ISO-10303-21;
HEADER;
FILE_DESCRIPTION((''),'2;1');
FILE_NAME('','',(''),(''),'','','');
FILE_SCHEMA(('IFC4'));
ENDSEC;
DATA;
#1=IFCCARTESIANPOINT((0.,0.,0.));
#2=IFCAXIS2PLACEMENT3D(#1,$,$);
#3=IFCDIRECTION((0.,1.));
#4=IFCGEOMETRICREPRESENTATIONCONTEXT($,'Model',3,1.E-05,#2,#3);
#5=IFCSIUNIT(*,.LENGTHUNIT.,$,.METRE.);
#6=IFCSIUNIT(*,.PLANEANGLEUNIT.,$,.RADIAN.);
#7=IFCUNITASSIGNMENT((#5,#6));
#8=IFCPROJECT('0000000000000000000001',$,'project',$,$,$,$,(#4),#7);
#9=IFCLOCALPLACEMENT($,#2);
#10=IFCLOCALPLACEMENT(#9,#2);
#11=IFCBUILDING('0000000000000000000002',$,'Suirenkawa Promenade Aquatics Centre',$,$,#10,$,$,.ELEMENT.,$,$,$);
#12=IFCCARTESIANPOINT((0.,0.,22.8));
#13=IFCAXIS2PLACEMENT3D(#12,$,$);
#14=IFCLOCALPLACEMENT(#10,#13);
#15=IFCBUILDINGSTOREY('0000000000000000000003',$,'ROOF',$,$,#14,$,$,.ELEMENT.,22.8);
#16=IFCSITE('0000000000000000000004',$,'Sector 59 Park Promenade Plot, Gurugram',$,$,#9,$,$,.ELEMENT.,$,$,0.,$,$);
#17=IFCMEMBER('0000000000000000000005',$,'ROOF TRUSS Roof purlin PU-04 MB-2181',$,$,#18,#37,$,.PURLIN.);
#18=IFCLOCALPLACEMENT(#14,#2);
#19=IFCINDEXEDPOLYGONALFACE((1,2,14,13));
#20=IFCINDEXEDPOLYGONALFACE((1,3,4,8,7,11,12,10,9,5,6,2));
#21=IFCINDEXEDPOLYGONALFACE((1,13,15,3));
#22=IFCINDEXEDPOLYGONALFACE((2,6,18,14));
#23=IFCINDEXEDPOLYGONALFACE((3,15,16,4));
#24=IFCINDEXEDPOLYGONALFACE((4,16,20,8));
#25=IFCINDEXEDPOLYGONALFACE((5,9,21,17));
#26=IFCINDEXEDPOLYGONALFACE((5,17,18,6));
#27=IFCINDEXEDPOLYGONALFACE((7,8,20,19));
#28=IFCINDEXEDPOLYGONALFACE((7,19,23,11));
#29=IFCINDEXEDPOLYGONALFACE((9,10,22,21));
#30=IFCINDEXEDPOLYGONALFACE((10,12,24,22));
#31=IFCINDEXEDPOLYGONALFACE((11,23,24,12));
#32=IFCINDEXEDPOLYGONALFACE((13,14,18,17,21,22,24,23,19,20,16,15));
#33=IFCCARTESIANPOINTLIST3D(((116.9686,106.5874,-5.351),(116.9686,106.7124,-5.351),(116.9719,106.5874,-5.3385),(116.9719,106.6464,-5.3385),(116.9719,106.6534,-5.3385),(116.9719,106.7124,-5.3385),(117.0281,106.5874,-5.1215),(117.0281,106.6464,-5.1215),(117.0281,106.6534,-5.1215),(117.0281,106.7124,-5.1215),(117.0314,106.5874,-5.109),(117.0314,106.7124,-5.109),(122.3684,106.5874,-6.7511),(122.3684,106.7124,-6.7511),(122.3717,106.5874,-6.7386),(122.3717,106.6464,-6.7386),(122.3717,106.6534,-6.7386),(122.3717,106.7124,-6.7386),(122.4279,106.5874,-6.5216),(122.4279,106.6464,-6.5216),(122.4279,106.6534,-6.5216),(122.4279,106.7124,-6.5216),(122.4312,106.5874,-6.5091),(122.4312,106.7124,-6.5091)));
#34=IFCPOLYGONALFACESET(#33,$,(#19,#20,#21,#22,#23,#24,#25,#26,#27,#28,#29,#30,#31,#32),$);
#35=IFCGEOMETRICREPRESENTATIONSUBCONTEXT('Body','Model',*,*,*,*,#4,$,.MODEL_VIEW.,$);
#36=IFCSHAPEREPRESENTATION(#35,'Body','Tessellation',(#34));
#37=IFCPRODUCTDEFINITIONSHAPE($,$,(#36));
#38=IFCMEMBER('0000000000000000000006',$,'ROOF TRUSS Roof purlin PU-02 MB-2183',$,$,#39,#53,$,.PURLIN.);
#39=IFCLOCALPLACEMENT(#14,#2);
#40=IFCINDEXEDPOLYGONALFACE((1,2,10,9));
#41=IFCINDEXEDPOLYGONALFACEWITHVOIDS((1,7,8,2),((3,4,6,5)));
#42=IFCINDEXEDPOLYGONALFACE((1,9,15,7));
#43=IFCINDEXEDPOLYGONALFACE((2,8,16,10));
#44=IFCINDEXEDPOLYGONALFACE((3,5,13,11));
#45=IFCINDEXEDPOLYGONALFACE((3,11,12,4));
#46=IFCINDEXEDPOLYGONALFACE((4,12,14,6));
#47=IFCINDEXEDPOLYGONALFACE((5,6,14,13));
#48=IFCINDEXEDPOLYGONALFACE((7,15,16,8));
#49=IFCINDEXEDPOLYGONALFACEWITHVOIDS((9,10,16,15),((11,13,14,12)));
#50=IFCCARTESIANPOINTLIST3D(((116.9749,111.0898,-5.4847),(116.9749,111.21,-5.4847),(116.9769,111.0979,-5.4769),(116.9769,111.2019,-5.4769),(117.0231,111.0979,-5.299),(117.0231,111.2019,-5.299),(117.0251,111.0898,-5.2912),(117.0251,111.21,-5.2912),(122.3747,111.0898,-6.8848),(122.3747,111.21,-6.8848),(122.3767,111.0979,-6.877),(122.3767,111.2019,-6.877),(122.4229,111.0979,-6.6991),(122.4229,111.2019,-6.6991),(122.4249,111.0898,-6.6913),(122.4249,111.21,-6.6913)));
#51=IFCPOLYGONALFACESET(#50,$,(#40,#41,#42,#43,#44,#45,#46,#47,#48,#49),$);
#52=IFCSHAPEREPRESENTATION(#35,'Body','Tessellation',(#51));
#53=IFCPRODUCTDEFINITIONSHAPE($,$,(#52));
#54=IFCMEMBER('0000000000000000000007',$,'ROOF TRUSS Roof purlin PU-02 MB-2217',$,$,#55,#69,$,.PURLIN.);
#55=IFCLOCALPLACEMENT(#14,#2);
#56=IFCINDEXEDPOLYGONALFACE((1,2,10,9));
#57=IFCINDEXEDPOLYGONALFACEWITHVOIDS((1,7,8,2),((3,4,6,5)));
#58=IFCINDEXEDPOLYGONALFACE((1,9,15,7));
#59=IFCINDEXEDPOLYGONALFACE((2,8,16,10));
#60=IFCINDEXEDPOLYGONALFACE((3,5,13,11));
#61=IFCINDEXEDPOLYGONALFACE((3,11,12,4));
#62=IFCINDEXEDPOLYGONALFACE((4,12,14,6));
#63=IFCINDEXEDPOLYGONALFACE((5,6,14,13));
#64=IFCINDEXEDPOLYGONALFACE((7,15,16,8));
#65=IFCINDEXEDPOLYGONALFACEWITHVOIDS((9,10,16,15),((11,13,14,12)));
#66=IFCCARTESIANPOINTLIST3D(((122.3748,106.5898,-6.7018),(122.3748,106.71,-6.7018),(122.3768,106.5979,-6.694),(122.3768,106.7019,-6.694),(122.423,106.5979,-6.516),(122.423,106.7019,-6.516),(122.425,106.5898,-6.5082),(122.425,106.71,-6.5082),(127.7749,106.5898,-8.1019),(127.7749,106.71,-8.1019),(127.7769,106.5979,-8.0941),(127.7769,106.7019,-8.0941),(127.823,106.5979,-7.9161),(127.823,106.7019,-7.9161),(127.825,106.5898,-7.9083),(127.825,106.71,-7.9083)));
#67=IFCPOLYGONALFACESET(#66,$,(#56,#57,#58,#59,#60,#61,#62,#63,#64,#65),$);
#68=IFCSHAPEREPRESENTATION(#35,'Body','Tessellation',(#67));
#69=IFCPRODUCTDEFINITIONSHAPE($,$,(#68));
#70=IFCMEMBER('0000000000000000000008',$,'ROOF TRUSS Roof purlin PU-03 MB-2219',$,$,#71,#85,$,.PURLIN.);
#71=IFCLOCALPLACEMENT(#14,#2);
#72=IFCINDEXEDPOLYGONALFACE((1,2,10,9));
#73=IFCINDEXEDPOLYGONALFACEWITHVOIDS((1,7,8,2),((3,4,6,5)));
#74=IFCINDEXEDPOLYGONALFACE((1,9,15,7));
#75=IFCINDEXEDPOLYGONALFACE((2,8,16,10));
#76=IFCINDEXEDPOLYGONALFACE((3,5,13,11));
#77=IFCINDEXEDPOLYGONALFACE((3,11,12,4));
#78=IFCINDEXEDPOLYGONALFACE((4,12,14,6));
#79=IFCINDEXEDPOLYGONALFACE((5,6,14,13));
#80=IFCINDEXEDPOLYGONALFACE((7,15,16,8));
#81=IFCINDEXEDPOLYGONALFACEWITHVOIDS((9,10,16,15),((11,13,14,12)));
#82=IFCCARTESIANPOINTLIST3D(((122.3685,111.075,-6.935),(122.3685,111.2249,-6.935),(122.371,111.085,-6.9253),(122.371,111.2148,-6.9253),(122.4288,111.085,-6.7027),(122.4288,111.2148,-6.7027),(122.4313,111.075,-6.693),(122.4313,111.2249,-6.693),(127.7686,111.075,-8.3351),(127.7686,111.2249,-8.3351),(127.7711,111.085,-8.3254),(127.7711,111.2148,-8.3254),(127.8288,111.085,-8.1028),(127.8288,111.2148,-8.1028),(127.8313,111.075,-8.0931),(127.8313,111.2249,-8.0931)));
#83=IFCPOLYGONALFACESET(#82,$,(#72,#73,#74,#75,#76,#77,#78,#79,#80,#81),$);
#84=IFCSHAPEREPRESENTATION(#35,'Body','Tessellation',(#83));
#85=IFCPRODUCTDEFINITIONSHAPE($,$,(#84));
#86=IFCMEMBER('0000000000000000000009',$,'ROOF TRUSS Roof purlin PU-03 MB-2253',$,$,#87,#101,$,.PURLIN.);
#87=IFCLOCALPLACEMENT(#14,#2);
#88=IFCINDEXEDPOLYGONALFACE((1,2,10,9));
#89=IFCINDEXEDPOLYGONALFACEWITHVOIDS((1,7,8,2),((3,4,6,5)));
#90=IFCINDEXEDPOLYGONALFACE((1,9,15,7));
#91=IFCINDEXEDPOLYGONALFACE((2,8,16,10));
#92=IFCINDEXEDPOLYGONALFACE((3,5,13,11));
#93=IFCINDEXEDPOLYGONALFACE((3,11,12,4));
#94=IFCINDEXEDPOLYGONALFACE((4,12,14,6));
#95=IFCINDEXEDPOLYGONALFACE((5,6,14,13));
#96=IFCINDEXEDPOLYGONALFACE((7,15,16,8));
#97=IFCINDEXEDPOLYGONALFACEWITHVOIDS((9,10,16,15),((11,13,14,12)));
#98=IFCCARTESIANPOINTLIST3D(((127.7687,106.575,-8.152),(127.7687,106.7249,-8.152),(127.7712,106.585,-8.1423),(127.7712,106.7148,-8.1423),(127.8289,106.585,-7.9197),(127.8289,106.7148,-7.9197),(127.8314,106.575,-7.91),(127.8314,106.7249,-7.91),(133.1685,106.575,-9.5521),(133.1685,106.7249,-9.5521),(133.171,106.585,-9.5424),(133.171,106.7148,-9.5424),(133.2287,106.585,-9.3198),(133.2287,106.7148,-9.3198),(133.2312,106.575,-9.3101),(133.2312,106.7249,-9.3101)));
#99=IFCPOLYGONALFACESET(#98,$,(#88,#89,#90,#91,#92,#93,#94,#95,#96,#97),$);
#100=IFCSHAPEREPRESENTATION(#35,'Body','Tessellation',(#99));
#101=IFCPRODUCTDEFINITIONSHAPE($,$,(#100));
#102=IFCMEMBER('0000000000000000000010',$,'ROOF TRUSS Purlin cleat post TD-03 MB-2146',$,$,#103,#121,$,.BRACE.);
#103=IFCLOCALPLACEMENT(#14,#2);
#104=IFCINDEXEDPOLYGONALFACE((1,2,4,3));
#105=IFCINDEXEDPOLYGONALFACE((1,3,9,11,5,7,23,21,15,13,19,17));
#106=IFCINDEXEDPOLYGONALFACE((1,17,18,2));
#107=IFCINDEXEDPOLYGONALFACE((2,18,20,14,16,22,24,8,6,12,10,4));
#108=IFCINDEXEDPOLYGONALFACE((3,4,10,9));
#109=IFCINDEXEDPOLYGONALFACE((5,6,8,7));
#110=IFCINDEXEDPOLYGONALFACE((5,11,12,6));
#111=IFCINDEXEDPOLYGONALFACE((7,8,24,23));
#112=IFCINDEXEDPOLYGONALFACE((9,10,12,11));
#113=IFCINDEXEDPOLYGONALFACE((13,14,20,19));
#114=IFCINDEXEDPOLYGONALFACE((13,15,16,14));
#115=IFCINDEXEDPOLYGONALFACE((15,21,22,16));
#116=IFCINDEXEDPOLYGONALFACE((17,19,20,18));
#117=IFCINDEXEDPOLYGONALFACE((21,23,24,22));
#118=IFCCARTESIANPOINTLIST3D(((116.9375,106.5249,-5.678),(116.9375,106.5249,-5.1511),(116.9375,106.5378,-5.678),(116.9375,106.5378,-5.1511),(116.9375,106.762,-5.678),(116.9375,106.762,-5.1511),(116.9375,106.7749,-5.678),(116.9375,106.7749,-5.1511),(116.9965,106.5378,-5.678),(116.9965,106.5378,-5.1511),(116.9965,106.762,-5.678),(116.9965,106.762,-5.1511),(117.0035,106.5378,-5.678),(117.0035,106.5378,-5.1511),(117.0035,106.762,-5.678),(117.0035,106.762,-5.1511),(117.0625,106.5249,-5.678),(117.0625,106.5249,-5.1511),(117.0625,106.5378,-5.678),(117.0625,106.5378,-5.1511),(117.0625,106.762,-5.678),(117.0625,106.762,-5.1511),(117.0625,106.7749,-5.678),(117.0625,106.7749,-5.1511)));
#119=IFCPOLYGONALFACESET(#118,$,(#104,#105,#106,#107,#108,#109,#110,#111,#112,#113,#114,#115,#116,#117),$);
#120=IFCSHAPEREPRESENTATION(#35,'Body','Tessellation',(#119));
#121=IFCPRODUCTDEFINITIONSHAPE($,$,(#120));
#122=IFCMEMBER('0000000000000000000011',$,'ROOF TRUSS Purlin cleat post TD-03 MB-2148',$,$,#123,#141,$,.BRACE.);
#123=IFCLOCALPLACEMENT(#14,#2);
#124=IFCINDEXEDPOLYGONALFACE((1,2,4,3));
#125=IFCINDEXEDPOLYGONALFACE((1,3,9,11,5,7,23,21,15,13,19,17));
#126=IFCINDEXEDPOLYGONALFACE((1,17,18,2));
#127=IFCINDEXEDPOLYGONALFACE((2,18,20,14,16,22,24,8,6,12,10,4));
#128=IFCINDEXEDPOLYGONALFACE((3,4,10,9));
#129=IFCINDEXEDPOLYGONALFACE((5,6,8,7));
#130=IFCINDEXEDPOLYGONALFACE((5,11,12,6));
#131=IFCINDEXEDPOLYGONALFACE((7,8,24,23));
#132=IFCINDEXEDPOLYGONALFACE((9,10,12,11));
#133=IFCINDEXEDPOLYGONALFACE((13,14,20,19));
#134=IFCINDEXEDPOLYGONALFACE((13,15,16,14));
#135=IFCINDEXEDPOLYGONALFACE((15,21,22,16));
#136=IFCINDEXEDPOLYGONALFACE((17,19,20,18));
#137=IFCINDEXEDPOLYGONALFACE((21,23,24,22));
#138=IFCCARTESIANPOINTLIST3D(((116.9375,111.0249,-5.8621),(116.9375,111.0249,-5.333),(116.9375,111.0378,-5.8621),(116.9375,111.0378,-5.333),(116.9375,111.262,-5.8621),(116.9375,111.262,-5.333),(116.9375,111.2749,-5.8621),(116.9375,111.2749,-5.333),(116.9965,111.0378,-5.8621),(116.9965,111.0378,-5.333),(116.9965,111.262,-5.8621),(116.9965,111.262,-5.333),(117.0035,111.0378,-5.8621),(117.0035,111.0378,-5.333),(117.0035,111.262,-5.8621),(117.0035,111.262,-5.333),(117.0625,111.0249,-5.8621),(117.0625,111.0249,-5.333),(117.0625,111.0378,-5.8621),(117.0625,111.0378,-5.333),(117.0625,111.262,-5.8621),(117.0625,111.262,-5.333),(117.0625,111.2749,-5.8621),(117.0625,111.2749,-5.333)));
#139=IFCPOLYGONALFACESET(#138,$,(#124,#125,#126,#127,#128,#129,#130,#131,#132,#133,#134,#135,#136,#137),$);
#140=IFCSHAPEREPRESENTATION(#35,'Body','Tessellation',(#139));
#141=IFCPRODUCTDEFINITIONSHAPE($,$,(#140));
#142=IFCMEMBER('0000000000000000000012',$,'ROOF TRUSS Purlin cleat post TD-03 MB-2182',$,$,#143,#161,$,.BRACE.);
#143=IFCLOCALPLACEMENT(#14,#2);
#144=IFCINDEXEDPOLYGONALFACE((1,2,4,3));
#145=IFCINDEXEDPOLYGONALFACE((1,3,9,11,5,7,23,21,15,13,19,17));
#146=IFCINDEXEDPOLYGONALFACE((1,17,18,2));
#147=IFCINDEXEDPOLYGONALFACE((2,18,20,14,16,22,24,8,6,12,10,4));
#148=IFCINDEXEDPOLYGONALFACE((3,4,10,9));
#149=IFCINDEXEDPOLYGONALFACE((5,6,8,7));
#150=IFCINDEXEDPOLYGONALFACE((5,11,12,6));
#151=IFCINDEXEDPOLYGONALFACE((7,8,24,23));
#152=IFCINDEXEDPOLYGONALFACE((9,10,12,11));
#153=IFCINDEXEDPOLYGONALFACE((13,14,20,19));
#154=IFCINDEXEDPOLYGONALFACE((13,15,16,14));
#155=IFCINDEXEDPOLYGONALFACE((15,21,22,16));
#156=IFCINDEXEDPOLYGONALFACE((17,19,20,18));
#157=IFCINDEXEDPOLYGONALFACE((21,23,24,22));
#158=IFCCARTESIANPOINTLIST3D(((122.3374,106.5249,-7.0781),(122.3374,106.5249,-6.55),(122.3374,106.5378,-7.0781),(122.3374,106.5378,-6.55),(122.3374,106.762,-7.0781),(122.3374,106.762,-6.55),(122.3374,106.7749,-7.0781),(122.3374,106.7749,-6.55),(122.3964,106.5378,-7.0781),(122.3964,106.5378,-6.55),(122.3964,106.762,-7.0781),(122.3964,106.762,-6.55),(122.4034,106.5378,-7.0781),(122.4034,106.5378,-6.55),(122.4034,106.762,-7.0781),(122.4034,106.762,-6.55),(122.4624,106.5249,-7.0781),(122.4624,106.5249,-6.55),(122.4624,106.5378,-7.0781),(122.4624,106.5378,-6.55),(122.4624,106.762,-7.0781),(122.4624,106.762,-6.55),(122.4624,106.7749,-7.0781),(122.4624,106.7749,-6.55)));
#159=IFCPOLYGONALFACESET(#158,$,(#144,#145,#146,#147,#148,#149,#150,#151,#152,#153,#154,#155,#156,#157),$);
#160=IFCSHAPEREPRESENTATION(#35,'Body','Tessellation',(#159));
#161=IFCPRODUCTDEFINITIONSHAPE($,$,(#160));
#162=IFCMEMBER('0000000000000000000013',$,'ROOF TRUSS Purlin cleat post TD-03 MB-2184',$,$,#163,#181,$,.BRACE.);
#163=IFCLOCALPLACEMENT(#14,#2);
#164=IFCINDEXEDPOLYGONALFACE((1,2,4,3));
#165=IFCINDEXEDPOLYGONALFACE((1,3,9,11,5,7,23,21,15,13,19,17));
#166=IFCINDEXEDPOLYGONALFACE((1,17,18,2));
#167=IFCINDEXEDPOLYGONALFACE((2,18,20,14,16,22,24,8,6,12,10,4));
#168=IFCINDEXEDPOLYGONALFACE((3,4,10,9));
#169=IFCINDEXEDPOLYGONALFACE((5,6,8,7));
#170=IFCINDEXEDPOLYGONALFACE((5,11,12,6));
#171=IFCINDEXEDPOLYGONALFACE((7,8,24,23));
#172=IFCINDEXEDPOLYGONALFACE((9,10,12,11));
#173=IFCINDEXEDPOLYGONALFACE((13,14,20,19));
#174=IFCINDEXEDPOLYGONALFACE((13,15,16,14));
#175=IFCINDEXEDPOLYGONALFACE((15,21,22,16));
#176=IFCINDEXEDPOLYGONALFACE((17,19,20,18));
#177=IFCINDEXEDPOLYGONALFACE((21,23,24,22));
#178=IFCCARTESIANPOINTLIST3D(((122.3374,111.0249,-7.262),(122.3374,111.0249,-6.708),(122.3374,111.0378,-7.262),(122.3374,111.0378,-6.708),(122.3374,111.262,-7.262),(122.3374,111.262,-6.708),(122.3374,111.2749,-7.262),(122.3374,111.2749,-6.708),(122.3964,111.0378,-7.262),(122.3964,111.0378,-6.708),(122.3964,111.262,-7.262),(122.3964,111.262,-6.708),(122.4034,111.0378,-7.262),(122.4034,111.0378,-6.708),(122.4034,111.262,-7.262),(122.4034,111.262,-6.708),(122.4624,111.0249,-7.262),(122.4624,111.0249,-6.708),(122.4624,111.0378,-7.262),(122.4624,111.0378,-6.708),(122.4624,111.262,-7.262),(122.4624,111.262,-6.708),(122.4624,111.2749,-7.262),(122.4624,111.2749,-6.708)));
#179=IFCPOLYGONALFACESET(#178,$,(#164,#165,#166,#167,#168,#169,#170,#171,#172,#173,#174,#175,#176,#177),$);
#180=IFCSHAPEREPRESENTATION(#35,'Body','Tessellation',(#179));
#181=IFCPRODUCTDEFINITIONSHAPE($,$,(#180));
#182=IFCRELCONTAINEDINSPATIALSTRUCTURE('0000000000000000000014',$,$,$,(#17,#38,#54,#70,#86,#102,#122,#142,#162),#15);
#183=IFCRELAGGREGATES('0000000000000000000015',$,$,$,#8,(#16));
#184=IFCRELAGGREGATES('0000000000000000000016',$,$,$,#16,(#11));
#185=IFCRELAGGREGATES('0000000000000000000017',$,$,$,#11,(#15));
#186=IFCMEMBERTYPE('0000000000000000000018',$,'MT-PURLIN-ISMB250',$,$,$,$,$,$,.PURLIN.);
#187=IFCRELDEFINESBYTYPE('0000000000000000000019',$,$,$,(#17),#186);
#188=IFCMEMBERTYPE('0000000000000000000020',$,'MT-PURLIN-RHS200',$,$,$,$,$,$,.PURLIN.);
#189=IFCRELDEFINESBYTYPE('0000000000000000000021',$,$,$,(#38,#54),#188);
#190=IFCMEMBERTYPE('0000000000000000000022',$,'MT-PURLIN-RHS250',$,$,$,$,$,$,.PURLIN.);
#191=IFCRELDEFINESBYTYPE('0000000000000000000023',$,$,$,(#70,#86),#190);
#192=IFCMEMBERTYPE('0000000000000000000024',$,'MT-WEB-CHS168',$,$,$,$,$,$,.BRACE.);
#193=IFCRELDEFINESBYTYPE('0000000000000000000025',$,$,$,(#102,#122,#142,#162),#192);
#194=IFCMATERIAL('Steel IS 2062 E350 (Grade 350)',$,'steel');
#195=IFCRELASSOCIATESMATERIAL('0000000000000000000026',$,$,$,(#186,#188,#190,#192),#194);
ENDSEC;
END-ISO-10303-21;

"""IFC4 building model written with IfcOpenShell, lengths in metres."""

from ifc_helpers import new_model, si_unit, direction, frame, origin, origin_2d, place, context, subcontext, project, spatial, hollow_rectangle, i_section, extrude, material, material_profile, profile_set, type_object, element, save


model = new_model("IFC4")

# Units and contexts
model_context = context("Model", 3, precision=1e-05, world=origin(), true_north=direction((0.0, 1.0)))
body_context = subcontext(model_context, "Body", "Model", "MODEL_VIEW")
ifc_project = project(units=[si_unit("LENGTHUNIT", "METRE"), si_unit("PLANEANGLEUNIT", "RADIAN")], contexts=[model_context])

# Site, building, storey
site_placement = place(None, origin())
site = spatial("IfcSite", under=ifc_project, at=site_placement, Name="Sector 59 Park Promenade Plot, Gurugram", CompositionType="ELEMENT", RefElevation=0.0)
building_placement = place(site_placement, origin())
building = spatial("IfcBuilding", under=site, at=building_placement, Name="Suirenkawa Promenade Aquatics Centre", CompositionType="ELEMENT")
storey_placement = place(building_placement, frame((0.0, 0.0, 22.8)))
storey = spatial("IfcBuildingStorey", under=building, at=storey_placement, Name="ROOF", CompositionType="ELEMENT", Elevation=22.8)

# Shared definitions
ifc_material = material(Name="Steel IS 2062 E350 (Grade 350)", Category="steel")

# Members
ifc_material_profile_1 = material_profile(ifc_material, i_section(OverallWidth=0.125, OverallDepth=0.25, WebThickness=0.0071, FlangeThickness=0.0129, at=origin_2d()), Name="ISMB 250", Category="steel")
ifc_profile_set_1 = profile_set([ifc_material_profile_1], Name="Steel IS 2062 E350 (Grade 350)")
member_type_1 = type_object("IfcMemberType", Name="MT-PURLIN-ISMB250", PredefinedType="PURLIN", material=ifc_profile_set_1)
member_1_placement = place(storey_placement, frame((117.0, 106.6499, -5.23), z_axis=(0.967989, 0.0, -0.250991), x_axis=(0.0, 1.0, 0.0)))
element("IfcMember", 1, at=member_1_placement, inside=storey, type_object=member_type_1, Name="ROOF TRUSS Roof purlin PU-04 MB-2181", PredefinedType="PURLIN", context=body_context, shape_type="SweptSolid", body=[
    extrude(i_section(OverallWidth=0.125, OverallDepth=0.25, WebThickness=0.0071, FlangeThickness=0.0129, at=origin_2d()), origin(), (0.0, 0.0, 1.0), 5.5784),
])
ifc_material_profile_2 = material_profile(ifc_material, hollow_rectangle(XDim=0.1201, YDim=0.2, WallThickness=0.0081, at=origin_2d()), Name="RHS 200x120x8", Category="steel")
ifc_profile_set_2 = profile_set([ifc_material_profile_2], Name="Steel IS 2062 E350 (Grade 350)")
member_type_2 = type_object("IfcMemberType", Name="MT-PURLIN-RHS200", PredefinedType="PURLIN", material=ifc_profile_set_2)
member_2_placement = place(storey_placement, frame((117.0, 111.1499, -5.3879), z_axis=(0.967989, 0.0, -0.250991), x_axis=(0.0, 1.0, 0.0)))
element("IfcMember", 2, at=member_2_placement, inside=storey, type_object=member_type_2, Name="ROOF TRUSS Roof purlin PU-02 MB-2183", PredefinedType="PURLIN", context=body_context, shape_type="SweptSolid", body=[
    extrude(hollow_rectangle(XDim=0.1201, YDim=0.2, WallThickness=0.0081, at=origin_2d()), origin(), (0.0, 0.0, 1.0), 5.5784),
])
member_3_placement = place(storey_placement, frame((122.3999, 106.6499, -6.605), z_axis=(0.967992, 0.0, -0.25098), x_axis=(0.0, 1.0, 0.0)))
element("IfcMember", 3, at=member_3_placement, inside=storey, type_object=member_type_2, Name="ROOF TRUSS Roof purlin PU-02 MB-2217", PredefinedType="PURLIN", context=body_context, shape_type="SweptSolid", body=[
    extrude(hollow_rectangle(XDim=0.1201, YDim=0.2, WallThickness=0.0081, at=origin_2d()), origin(), (0.0, 0.0, 1.0), 5.5786),
])
ifc_material_profile_3 = material_profile(ifc_material, hollow_rectangle(XDim=0.1499, YDim=0.25, WallThickness=0.01, at=origin_2d()), Name="RHS 250x150x10", Category="steel")
ifc_profile_set_3 = profile_set([ifc_material_profile_3], Name="Steel IS 2062 E350 (Grade 350)")
member_type_3 = type_object("IfcMemberType", Name="MT-PURLIN-RHS250", PredefinedType="PURLIN", material=ifc_profile_set_3)
member_4_placement = place(storey_placement, frame((122.3999, 111.1499, -6.814), z_axis=(0.967992, 0.0, -0.25098), x_axis=(0.0, 1.0, 0.0)))
element("IfcMember", 4, at=member_4_placement, inside=storey, type_object=member_type_3, Name="ROOF TRUSS Roof purlin PU-03 MB-2219", PredefinedType="PURLIN", context=body_context, shape_type="SweptSolid", body=[
    extrude(hollow_rectangle(XDim=0.1499, YDim=0.25, WallThickness=0.01, at=origin_2d()), origin(), (0.0, 0.0, 1.0), 5.5786),
])
member_5_placement = place(storey_placement, frame((127.8, 106.6499, -8.031), z_axis=(0.967989, 0.0, -0.250991), x_axis=(0.0, 1.0, 0.0)))
element("IfcMember", 5, at=member_5_placement, inside=storey, type_object=member_type_3, Name="ROOF TRUSS Roof purlin PU-03 MB-2253", PredefinedType="PURLIN", context=body_context, shape_type="SweptSolid", body=[
    extrude(hollow_rectangle(XDim=0.1499, YDim=0.25, WallThickness=0.01, at=origin_2d()), origin(), (0.0, 0.0, 1.0), 5.5784),
])
ifc_material_profile_4 = material_profile(ifc_material, i_section(OverallWidth=0.125, OverallDepth=0.25, WebThickness=0.0071, FlangeThickness=0.0129, at=origin_2d()), Name="ISMB 250", Category="steel")
ifc_profile_set_4 = profile_set([ifc_material_profile_4], Name="Steel IS 2062 E350 (Grade 350)")
member_type_4 = type_object("IfcMemberType", Name="MT-WEB-CHS168", PredefinedType="BRACE", material=ifc_profile_set_4)
member_6_placement = place(storey_placement, frame((117.0, 106.6499, -5.678), z_axis=(0.0, 0.0, 1.0), x_axis=(1.0, 0.0, 0.0)))
element("IfcMember", 6, at=member_6_placement, inside=storey, type_object=member_type_4, Name="ROOF TRUSS Purlin cleat post TD-03 MB-2146", PredefinedType="BRACE", context=body_context, shape_type="SweptSolid", body=[
    extrude(i_section(OverallWidth=0.125, OverallDepth=0.25, WebThickness=0.0071, FlangeThickness=0.0129, at=origin_2d()), origin(), (0.0, 0.0, 1.0), 0.5269),
])
member_7_placement = place(storey_placement, frame((117.0, 111.1499, -5.8621), z_axis=(0.0, 0.0, 1.0), x_axis=(1.0, 0.0, 0.0)))
element("IfcMember", 7, at=member_7_placement, inside=storey, type_object=member_type_4, Name="ROOF TRUSS Purlin cleat post TD-03 MB-2148", PredefinedType="BRACE", context=body_context, shape_type="SweptSolid", body=[
    extrude(i_section(OverallWidth=0.125, OverallDepth=0.25, WebThickness=0.0071, FlangeThickness=0.0129, at=origin_2d()), origin(), (0.0, 0.0, 1.0), 0.5291),
])
member_8_placement = place(storey_placement, frame((122.3999, 106.6499, -7.0781), z_axis=(0.0, 0.0, 1.0), x_axis=(1.0, 0.0, 0.0)))
element("IfcMember", 8, at=member_8_placement, inside=storey, type_object=member_type_4, Name="ROOF TRUSS Purlin cleat post TD-03 MB-2182", PredefinedType="BRACE", context=body_context, shape_type="SweptSolid", body=[
    extrude(i_section(OverallWidth=0.125, OverallDepth=0.25, WebThickness=0.0071, FlangeThickness=0.0129, at=origin_2d()), origin(), (0.0, 0.0, 1.0), 0.5281),
])
member_9_placement = place(storey_placement, frame((122.3999, 111.1499, -7.262), z_axis=(0.0, 0.0, 1.0), x_axis=(1.0, 0.0, 0.0)))
element("IfcMember", 9, at=member_9_placement, inside=storey, type_object=member_type_4, Name="ROOF TRUSS Purlin cleat post TD-03 MB-2184", PredefinedType="BRACE", context=body_context, shape_type="SweptSolid", body=[
    extrude(i_section(OverallWidth=0.125, OverallDepth=0.25, WebThickness=0.0071, FlangeThickness=0.0129, at=origin_2d()), origin(), (0.0, 0.0, 1.0), 0.554),
])

save(model, "model.ifc")
